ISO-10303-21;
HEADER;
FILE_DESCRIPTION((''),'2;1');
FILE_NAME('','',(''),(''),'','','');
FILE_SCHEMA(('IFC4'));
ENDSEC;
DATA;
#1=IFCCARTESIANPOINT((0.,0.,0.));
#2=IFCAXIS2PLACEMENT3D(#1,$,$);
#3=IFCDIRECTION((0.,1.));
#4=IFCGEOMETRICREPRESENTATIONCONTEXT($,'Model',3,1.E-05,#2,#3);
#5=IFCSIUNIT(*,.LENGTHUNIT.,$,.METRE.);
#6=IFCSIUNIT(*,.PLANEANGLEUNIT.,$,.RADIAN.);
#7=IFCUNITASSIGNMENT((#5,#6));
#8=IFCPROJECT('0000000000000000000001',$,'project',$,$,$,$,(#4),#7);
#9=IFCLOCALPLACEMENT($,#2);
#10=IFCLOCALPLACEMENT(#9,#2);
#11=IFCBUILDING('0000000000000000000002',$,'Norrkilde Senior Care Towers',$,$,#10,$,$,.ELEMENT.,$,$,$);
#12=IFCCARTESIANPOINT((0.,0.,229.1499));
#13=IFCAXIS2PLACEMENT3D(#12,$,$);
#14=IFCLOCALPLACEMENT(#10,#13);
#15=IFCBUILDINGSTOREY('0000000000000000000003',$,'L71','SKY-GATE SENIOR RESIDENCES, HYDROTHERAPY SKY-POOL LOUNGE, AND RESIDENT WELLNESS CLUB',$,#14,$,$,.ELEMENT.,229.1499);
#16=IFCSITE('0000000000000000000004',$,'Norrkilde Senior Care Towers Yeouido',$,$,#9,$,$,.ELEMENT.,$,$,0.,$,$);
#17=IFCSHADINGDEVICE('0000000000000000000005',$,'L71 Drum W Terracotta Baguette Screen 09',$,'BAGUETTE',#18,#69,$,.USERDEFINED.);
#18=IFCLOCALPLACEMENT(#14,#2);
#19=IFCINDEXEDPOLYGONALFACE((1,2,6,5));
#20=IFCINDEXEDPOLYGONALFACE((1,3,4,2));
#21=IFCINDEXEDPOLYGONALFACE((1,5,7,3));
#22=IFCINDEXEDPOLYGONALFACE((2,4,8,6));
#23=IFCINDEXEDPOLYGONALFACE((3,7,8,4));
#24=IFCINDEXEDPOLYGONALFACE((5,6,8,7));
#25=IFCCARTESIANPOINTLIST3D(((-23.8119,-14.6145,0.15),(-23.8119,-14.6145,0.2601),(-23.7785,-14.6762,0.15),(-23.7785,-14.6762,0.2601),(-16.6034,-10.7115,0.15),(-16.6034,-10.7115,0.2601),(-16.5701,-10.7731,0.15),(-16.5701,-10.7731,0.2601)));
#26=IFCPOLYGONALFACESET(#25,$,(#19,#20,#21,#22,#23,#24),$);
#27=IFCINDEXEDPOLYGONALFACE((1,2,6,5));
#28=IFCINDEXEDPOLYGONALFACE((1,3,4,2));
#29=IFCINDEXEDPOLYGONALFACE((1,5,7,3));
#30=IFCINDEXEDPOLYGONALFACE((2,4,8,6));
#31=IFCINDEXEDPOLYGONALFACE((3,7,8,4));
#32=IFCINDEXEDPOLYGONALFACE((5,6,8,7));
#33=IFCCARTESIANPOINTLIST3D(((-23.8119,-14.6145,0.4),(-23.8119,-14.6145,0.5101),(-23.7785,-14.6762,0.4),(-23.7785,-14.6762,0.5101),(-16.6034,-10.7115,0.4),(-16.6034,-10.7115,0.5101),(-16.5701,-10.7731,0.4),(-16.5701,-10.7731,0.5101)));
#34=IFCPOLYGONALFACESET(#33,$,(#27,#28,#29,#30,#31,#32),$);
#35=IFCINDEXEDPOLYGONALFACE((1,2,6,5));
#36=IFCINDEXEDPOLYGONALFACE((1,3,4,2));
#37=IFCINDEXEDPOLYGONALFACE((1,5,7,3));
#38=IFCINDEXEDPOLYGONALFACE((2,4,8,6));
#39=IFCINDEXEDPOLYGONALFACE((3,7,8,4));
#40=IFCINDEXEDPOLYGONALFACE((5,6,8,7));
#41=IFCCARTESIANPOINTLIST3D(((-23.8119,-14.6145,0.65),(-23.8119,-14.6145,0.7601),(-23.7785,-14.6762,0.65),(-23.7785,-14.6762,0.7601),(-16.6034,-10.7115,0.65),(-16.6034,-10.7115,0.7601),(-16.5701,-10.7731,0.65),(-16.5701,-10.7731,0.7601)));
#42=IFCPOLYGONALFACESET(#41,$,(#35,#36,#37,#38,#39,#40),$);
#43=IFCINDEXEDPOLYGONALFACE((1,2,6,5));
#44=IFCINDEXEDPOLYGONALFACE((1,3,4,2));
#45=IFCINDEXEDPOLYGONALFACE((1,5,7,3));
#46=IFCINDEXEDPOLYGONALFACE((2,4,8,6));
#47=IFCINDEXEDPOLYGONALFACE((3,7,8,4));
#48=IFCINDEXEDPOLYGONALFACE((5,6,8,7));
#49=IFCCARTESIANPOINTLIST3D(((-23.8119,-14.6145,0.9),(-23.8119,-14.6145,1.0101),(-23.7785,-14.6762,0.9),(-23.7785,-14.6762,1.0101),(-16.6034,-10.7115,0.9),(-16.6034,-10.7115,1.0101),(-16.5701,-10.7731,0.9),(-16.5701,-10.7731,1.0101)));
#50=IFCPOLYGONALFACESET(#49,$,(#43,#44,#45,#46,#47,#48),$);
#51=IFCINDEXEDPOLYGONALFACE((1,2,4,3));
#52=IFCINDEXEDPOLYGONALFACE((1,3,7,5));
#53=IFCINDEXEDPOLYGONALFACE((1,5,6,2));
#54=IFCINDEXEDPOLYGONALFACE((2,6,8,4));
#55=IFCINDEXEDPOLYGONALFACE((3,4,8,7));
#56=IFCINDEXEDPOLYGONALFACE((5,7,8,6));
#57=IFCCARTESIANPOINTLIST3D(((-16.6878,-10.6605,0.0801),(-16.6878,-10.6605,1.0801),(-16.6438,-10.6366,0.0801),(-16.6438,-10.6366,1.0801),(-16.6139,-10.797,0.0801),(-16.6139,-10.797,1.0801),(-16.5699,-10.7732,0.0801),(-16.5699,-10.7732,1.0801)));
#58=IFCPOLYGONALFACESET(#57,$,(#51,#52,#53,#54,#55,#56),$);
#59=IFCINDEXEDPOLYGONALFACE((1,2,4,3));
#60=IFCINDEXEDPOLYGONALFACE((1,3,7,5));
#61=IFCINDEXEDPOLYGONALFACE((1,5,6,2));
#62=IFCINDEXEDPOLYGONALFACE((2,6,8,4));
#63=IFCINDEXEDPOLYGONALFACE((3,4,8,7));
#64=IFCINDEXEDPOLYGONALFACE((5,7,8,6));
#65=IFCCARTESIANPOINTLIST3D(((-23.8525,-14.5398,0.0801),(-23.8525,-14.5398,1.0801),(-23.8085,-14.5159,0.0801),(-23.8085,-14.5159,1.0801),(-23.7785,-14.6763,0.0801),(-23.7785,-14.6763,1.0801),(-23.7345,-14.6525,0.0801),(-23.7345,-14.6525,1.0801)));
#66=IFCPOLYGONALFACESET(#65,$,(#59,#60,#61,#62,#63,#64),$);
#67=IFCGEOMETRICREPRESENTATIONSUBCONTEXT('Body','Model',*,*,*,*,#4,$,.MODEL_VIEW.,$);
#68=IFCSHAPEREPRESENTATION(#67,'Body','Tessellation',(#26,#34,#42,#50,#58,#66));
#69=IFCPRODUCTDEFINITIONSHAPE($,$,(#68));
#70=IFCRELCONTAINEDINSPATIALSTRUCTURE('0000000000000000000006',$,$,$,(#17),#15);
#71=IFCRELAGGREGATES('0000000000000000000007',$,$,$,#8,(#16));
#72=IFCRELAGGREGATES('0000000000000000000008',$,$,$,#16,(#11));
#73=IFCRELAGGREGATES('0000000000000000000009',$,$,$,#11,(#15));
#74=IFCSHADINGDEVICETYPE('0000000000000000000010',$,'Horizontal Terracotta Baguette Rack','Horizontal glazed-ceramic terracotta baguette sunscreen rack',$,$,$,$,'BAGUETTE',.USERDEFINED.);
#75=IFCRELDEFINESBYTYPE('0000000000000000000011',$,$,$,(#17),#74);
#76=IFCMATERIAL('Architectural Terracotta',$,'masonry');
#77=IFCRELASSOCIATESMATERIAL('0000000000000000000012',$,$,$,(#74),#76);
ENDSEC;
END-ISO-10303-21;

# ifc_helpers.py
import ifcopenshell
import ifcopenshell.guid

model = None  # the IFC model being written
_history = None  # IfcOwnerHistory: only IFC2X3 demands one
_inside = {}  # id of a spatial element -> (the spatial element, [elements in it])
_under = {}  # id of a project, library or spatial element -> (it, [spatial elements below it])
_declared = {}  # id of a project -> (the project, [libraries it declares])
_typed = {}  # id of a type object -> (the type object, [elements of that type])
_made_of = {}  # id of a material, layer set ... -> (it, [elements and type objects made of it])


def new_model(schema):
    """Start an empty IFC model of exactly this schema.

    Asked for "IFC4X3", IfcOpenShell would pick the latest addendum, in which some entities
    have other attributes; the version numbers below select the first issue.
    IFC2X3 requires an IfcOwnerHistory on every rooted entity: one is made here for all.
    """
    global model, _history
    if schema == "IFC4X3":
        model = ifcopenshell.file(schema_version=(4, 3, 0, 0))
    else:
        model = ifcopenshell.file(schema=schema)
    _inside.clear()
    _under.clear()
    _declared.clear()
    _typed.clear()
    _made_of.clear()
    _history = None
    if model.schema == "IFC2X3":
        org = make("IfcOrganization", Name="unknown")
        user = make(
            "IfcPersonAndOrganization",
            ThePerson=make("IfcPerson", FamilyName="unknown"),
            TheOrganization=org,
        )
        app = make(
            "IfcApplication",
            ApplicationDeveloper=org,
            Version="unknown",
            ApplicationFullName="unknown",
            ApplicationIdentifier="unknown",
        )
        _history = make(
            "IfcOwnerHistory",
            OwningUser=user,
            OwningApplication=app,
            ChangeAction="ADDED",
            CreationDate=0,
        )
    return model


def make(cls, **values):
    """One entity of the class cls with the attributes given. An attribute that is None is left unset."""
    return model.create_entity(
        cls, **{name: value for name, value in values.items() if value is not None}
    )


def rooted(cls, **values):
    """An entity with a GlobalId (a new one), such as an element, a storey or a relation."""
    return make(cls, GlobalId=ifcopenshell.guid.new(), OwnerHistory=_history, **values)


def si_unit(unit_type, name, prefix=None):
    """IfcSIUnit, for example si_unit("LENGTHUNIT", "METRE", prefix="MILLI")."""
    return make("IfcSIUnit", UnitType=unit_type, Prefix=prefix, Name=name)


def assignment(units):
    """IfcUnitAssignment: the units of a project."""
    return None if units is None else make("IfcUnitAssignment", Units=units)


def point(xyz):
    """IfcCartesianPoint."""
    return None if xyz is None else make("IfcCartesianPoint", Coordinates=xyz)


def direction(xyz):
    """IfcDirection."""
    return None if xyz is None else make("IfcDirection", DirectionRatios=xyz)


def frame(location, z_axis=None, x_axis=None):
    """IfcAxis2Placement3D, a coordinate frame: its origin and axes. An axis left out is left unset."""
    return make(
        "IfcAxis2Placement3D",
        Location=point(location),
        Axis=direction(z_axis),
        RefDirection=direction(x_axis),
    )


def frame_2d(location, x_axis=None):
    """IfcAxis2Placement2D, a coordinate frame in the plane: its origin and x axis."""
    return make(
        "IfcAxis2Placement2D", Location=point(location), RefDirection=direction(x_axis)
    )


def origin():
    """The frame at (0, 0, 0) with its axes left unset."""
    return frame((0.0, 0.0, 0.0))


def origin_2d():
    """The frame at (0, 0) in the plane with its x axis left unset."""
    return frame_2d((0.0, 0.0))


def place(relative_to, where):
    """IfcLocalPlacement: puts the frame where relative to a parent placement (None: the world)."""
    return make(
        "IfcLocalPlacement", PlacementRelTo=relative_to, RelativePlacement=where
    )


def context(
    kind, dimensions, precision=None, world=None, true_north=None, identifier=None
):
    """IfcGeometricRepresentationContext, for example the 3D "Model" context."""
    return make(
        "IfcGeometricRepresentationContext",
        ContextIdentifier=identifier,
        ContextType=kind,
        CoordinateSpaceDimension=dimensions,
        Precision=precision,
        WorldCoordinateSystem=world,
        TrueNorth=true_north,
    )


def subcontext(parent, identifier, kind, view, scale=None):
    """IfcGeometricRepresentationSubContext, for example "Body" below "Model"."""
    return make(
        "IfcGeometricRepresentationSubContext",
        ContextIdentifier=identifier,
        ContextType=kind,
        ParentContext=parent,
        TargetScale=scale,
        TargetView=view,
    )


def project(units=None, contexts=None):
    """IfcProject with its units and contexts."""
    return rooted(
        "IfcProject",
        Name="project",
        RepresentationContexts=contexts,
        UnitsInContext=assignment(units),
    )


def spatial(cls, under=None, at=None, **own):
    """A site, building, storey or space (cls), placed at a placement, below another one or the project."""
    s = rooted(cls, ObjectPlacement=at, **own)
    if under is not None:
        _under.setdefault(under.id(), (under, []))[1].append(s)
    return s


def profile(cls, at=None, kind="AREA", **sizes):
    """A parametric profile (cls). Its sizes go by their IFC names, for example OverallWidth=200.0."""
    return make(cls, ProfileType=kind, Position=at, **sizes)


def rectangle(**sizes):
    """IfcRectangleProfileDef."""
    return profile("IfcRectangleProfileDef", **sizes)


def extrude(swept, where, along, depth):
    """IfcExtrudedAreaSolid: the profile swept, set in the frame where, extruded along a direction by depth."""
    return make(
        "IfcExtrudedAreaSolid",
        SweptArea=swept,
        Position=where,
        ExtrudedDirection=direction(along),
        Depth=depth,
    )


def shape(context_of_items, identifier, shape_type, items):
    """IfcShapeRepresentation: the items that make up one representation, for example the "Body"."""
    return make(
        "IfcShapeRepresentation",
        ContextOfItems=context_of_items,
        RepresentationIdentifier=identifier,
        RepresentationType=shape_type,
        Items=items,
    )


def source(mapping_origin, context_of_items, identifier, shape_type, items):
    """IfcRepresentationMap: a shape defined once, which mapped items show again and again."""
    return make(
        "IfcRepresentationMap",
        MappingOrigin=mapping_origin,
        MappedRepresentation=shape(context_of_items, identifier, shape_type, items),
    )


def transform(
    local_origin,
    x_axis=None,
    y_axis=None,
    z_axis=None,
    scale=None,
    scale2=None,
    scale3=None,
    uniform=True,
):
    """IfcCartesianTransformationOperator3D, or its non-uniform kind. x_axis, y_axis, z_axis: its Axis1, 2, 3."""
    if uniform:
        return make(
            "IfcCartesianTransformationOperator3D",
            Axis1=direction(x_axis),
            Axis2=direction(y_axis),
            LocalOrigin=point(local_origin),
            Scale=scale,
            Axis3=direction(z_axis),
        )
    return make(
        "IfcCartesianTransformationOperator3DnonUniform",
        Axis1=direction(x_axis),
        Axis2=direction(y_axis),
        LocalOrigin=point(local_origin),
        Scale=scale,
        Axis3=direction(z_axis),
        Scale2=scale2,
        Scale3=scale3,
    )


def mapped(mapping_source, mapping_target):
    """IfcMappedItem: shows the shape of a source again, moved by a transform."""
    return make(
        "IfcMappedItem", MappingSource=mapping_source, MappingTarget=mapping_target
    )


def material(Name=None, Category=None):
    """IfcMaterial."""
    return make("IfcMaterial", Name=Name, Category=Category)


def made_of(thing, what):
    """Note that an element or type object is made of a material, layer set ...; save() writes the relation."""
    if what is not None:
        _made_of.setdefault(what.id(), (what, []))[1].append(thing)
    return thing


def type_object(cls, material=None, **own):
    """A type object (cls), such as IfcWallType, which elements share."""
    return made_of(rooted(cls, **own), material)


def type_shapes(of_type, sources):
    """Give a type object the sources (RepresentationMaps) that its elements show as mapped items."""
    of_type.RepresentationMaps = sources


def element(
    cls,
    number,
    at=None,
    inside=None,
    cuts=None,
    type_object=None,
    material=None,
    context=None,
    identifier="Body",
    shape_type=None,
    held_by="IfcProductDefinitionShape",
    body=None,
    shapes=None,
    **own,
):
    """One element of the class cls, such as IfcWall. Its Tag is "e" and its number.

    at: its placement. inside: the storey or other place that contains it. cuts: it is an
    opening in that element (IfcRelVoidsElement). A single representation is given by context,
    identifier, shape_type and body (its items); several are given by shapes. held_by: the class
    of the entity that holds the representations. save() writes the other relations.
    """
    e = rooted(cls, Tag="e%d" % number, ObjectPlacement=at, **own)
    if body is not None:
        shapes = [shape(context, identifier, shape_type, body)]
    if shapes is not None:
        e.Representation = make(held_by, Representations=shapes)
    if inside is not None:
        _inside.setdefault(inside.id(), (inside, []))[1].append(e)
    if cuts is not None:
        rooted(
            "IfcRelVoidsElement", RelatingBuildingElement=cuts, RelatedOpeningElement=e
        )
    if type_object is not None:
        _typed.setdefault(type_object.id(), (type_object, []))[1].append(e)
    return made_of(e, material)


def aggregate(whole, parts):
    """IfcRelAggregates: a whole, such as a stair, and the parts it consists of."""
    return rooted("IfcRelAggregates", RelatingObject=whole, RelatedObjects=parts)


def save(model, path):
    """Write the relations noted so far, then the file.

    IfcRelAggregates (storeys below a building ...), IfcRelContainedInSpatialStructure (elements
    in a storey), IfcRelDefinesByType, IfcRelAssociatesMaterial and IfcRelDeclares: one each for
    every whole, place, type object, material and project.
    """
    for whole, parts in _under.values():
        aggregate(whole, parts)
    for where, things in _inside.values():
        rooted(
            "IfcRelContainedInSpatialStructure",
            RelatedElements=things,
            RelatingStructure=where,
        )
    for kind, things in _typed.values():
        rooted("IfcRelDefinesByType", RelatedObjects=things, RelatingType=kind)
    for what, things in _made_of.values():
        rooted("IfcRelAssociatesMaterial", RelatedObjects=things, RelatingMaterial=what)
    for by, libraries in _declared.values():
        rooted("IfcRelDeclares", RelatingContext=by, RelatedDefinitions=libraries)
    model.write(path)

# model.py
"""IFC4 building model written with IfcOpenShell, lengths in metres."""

from ifc_helpers import new_model, si_unit, direction, frame, origin, origin_2d, place, context, subcontext, project, spatial, rectangle, extrude, source, transform, mapped, material, type_object, type_shapes, element, save


model = new_model("IFC4")

# Units and contexts
model_context = context("Model", 3, precision=1e-05, world=origin(), true_north=direction((0.0, 1.0)))
body_context = subcontext(model_context, "Body", "Model", "MODEL_VIEW")
ifc_project = project(units=[si_unit("LENGTHUNIT", "METRE"), si_unit("PLANEANGLEUNIT", "RADIAN")], contexts=[model_context])

# Site, building, storey
site_placement = place(None, origin())
site = spatial("IfcSite", under=ifc_project, at=site_placement, Name="Norrkilde Senior Care Towers Yeouido", CompositionType="ELEMENT", RefElevation=0.0)
building_placement = place(site_placement, origin())
building = spatial("IfcBuilding", under=site, at=building_placement, Name="Norrkilde Senior Care Towers", CompositionType="ELEMENT")
storey_placement = place(building_placement, frame((0.0, 0.0, 229.1499)))
storey = spatial("IfcBuildingStorey", under=building, at=storey_placement, Name="L71", Description="SKY-GATE SENIOR RESIDENCES, HYDROTHERAPY SKY-POOL LOUNGE, AND RESIDENT WELLNESS CLUB", CompositionType="ELEMENT", Elevation=229.1499)

# Shading device
ifc_material_1 = material(Name="Architectural Terracotta", Category="masonry")
shading_device_type = type_object("IfcShadingDeviceType", Name="Horizontal Terracotta Baguette Rack", Description="Horizontal glazed-ceramic terracotta baguette sunscreen rack", ElementType="BAGUETTE", PredefinedType="USERDEFINED", material=ifc_material_1)
shared_shape_1 = source(origin(), body_context, "Body", "SweptSolid", [
    extrude(rectangle(XDim=0.0701, YDim=0.1101, at=origin_2d()), frame((0.0, 0.0901, 0.125), z_axis=(1.0, 0.0, 0.0), x_axis=(0.0, 1.0, 0.0)), (0.0, 0.0, 1.0), 8.1973),
    extrude(rectangle(XDim=0.0701, YDim=0.1101, at=origin_2d()), frame((0.0, 0.0901, 0.375), z_axis=(1.0, 0.0, 0.0), x_axis=(0.0, 1.0, 0.0)), (0.0, 0.0, 1.0), 8.1973),
    extrude(rectangle(XDim=0.0701, YDim=0.1101, at=origin_2d()), frame((0.0, 0.0901, 0.625), z_axis=(1.0, 0.0, 0.0), x_axis=(0.0, 1.0, 0.0)), (0.0, 0.0, 1.0), 8.1973),
    extrude(rectangle(XDim=0.0701, YDim=0.1101, at=origin_2d()), frame((0.0, 0.0901, 0.875), z_axis=(1.0, 0.0, 0.0), x_axis=(0.0, 1.0, 0.0)), (0.0, 0.0, 1.0), 8.1973),
    extrude(rectangle(XDim=0.05, YDim=0.1553, at=origin_2d()), frame((0.0249, 0.0476, 0.0)), (0.0, 0.0, 1.0), 1.0),
    extrude(rectangle(XDim=0.05, YDim=0.1553, at=origin_2d()), frame((8.1724, 0.0476, 0.0)), (0.0, 0.0, 1.0), 1.0),
])
type_shapes(shading_device_type, [shared_shape_1])
shading_device_placement = place(storey_placement, frame((-16.6296, -10.6631, 0.0801), z_axis=(0.0, 0.0, 1.0), x_axis=(-0.879378, -0.476144, 0.0)))
element("IfcShadingDevice", 1, at=shading_device_placement, inside=storey, type_object=shading_device_type, Name="L71 Drum W Terracotta Baguette Screen 09", ObjectType="BAGUETTE", PredefinedType="USERDEFINED", context=body_context, shape_type="MappedRepresentation", body=[
    mapped(shared_shape_1, transform((0.0, 0.0, 0.0), x_axis=(1.0, 0.0, 0.0), y_axis=(0.0, 1.0, 0.0), z_axis=(0.0, 0.0, 1.0), scale=1.0)),
])

save(model, "model.ifc")
